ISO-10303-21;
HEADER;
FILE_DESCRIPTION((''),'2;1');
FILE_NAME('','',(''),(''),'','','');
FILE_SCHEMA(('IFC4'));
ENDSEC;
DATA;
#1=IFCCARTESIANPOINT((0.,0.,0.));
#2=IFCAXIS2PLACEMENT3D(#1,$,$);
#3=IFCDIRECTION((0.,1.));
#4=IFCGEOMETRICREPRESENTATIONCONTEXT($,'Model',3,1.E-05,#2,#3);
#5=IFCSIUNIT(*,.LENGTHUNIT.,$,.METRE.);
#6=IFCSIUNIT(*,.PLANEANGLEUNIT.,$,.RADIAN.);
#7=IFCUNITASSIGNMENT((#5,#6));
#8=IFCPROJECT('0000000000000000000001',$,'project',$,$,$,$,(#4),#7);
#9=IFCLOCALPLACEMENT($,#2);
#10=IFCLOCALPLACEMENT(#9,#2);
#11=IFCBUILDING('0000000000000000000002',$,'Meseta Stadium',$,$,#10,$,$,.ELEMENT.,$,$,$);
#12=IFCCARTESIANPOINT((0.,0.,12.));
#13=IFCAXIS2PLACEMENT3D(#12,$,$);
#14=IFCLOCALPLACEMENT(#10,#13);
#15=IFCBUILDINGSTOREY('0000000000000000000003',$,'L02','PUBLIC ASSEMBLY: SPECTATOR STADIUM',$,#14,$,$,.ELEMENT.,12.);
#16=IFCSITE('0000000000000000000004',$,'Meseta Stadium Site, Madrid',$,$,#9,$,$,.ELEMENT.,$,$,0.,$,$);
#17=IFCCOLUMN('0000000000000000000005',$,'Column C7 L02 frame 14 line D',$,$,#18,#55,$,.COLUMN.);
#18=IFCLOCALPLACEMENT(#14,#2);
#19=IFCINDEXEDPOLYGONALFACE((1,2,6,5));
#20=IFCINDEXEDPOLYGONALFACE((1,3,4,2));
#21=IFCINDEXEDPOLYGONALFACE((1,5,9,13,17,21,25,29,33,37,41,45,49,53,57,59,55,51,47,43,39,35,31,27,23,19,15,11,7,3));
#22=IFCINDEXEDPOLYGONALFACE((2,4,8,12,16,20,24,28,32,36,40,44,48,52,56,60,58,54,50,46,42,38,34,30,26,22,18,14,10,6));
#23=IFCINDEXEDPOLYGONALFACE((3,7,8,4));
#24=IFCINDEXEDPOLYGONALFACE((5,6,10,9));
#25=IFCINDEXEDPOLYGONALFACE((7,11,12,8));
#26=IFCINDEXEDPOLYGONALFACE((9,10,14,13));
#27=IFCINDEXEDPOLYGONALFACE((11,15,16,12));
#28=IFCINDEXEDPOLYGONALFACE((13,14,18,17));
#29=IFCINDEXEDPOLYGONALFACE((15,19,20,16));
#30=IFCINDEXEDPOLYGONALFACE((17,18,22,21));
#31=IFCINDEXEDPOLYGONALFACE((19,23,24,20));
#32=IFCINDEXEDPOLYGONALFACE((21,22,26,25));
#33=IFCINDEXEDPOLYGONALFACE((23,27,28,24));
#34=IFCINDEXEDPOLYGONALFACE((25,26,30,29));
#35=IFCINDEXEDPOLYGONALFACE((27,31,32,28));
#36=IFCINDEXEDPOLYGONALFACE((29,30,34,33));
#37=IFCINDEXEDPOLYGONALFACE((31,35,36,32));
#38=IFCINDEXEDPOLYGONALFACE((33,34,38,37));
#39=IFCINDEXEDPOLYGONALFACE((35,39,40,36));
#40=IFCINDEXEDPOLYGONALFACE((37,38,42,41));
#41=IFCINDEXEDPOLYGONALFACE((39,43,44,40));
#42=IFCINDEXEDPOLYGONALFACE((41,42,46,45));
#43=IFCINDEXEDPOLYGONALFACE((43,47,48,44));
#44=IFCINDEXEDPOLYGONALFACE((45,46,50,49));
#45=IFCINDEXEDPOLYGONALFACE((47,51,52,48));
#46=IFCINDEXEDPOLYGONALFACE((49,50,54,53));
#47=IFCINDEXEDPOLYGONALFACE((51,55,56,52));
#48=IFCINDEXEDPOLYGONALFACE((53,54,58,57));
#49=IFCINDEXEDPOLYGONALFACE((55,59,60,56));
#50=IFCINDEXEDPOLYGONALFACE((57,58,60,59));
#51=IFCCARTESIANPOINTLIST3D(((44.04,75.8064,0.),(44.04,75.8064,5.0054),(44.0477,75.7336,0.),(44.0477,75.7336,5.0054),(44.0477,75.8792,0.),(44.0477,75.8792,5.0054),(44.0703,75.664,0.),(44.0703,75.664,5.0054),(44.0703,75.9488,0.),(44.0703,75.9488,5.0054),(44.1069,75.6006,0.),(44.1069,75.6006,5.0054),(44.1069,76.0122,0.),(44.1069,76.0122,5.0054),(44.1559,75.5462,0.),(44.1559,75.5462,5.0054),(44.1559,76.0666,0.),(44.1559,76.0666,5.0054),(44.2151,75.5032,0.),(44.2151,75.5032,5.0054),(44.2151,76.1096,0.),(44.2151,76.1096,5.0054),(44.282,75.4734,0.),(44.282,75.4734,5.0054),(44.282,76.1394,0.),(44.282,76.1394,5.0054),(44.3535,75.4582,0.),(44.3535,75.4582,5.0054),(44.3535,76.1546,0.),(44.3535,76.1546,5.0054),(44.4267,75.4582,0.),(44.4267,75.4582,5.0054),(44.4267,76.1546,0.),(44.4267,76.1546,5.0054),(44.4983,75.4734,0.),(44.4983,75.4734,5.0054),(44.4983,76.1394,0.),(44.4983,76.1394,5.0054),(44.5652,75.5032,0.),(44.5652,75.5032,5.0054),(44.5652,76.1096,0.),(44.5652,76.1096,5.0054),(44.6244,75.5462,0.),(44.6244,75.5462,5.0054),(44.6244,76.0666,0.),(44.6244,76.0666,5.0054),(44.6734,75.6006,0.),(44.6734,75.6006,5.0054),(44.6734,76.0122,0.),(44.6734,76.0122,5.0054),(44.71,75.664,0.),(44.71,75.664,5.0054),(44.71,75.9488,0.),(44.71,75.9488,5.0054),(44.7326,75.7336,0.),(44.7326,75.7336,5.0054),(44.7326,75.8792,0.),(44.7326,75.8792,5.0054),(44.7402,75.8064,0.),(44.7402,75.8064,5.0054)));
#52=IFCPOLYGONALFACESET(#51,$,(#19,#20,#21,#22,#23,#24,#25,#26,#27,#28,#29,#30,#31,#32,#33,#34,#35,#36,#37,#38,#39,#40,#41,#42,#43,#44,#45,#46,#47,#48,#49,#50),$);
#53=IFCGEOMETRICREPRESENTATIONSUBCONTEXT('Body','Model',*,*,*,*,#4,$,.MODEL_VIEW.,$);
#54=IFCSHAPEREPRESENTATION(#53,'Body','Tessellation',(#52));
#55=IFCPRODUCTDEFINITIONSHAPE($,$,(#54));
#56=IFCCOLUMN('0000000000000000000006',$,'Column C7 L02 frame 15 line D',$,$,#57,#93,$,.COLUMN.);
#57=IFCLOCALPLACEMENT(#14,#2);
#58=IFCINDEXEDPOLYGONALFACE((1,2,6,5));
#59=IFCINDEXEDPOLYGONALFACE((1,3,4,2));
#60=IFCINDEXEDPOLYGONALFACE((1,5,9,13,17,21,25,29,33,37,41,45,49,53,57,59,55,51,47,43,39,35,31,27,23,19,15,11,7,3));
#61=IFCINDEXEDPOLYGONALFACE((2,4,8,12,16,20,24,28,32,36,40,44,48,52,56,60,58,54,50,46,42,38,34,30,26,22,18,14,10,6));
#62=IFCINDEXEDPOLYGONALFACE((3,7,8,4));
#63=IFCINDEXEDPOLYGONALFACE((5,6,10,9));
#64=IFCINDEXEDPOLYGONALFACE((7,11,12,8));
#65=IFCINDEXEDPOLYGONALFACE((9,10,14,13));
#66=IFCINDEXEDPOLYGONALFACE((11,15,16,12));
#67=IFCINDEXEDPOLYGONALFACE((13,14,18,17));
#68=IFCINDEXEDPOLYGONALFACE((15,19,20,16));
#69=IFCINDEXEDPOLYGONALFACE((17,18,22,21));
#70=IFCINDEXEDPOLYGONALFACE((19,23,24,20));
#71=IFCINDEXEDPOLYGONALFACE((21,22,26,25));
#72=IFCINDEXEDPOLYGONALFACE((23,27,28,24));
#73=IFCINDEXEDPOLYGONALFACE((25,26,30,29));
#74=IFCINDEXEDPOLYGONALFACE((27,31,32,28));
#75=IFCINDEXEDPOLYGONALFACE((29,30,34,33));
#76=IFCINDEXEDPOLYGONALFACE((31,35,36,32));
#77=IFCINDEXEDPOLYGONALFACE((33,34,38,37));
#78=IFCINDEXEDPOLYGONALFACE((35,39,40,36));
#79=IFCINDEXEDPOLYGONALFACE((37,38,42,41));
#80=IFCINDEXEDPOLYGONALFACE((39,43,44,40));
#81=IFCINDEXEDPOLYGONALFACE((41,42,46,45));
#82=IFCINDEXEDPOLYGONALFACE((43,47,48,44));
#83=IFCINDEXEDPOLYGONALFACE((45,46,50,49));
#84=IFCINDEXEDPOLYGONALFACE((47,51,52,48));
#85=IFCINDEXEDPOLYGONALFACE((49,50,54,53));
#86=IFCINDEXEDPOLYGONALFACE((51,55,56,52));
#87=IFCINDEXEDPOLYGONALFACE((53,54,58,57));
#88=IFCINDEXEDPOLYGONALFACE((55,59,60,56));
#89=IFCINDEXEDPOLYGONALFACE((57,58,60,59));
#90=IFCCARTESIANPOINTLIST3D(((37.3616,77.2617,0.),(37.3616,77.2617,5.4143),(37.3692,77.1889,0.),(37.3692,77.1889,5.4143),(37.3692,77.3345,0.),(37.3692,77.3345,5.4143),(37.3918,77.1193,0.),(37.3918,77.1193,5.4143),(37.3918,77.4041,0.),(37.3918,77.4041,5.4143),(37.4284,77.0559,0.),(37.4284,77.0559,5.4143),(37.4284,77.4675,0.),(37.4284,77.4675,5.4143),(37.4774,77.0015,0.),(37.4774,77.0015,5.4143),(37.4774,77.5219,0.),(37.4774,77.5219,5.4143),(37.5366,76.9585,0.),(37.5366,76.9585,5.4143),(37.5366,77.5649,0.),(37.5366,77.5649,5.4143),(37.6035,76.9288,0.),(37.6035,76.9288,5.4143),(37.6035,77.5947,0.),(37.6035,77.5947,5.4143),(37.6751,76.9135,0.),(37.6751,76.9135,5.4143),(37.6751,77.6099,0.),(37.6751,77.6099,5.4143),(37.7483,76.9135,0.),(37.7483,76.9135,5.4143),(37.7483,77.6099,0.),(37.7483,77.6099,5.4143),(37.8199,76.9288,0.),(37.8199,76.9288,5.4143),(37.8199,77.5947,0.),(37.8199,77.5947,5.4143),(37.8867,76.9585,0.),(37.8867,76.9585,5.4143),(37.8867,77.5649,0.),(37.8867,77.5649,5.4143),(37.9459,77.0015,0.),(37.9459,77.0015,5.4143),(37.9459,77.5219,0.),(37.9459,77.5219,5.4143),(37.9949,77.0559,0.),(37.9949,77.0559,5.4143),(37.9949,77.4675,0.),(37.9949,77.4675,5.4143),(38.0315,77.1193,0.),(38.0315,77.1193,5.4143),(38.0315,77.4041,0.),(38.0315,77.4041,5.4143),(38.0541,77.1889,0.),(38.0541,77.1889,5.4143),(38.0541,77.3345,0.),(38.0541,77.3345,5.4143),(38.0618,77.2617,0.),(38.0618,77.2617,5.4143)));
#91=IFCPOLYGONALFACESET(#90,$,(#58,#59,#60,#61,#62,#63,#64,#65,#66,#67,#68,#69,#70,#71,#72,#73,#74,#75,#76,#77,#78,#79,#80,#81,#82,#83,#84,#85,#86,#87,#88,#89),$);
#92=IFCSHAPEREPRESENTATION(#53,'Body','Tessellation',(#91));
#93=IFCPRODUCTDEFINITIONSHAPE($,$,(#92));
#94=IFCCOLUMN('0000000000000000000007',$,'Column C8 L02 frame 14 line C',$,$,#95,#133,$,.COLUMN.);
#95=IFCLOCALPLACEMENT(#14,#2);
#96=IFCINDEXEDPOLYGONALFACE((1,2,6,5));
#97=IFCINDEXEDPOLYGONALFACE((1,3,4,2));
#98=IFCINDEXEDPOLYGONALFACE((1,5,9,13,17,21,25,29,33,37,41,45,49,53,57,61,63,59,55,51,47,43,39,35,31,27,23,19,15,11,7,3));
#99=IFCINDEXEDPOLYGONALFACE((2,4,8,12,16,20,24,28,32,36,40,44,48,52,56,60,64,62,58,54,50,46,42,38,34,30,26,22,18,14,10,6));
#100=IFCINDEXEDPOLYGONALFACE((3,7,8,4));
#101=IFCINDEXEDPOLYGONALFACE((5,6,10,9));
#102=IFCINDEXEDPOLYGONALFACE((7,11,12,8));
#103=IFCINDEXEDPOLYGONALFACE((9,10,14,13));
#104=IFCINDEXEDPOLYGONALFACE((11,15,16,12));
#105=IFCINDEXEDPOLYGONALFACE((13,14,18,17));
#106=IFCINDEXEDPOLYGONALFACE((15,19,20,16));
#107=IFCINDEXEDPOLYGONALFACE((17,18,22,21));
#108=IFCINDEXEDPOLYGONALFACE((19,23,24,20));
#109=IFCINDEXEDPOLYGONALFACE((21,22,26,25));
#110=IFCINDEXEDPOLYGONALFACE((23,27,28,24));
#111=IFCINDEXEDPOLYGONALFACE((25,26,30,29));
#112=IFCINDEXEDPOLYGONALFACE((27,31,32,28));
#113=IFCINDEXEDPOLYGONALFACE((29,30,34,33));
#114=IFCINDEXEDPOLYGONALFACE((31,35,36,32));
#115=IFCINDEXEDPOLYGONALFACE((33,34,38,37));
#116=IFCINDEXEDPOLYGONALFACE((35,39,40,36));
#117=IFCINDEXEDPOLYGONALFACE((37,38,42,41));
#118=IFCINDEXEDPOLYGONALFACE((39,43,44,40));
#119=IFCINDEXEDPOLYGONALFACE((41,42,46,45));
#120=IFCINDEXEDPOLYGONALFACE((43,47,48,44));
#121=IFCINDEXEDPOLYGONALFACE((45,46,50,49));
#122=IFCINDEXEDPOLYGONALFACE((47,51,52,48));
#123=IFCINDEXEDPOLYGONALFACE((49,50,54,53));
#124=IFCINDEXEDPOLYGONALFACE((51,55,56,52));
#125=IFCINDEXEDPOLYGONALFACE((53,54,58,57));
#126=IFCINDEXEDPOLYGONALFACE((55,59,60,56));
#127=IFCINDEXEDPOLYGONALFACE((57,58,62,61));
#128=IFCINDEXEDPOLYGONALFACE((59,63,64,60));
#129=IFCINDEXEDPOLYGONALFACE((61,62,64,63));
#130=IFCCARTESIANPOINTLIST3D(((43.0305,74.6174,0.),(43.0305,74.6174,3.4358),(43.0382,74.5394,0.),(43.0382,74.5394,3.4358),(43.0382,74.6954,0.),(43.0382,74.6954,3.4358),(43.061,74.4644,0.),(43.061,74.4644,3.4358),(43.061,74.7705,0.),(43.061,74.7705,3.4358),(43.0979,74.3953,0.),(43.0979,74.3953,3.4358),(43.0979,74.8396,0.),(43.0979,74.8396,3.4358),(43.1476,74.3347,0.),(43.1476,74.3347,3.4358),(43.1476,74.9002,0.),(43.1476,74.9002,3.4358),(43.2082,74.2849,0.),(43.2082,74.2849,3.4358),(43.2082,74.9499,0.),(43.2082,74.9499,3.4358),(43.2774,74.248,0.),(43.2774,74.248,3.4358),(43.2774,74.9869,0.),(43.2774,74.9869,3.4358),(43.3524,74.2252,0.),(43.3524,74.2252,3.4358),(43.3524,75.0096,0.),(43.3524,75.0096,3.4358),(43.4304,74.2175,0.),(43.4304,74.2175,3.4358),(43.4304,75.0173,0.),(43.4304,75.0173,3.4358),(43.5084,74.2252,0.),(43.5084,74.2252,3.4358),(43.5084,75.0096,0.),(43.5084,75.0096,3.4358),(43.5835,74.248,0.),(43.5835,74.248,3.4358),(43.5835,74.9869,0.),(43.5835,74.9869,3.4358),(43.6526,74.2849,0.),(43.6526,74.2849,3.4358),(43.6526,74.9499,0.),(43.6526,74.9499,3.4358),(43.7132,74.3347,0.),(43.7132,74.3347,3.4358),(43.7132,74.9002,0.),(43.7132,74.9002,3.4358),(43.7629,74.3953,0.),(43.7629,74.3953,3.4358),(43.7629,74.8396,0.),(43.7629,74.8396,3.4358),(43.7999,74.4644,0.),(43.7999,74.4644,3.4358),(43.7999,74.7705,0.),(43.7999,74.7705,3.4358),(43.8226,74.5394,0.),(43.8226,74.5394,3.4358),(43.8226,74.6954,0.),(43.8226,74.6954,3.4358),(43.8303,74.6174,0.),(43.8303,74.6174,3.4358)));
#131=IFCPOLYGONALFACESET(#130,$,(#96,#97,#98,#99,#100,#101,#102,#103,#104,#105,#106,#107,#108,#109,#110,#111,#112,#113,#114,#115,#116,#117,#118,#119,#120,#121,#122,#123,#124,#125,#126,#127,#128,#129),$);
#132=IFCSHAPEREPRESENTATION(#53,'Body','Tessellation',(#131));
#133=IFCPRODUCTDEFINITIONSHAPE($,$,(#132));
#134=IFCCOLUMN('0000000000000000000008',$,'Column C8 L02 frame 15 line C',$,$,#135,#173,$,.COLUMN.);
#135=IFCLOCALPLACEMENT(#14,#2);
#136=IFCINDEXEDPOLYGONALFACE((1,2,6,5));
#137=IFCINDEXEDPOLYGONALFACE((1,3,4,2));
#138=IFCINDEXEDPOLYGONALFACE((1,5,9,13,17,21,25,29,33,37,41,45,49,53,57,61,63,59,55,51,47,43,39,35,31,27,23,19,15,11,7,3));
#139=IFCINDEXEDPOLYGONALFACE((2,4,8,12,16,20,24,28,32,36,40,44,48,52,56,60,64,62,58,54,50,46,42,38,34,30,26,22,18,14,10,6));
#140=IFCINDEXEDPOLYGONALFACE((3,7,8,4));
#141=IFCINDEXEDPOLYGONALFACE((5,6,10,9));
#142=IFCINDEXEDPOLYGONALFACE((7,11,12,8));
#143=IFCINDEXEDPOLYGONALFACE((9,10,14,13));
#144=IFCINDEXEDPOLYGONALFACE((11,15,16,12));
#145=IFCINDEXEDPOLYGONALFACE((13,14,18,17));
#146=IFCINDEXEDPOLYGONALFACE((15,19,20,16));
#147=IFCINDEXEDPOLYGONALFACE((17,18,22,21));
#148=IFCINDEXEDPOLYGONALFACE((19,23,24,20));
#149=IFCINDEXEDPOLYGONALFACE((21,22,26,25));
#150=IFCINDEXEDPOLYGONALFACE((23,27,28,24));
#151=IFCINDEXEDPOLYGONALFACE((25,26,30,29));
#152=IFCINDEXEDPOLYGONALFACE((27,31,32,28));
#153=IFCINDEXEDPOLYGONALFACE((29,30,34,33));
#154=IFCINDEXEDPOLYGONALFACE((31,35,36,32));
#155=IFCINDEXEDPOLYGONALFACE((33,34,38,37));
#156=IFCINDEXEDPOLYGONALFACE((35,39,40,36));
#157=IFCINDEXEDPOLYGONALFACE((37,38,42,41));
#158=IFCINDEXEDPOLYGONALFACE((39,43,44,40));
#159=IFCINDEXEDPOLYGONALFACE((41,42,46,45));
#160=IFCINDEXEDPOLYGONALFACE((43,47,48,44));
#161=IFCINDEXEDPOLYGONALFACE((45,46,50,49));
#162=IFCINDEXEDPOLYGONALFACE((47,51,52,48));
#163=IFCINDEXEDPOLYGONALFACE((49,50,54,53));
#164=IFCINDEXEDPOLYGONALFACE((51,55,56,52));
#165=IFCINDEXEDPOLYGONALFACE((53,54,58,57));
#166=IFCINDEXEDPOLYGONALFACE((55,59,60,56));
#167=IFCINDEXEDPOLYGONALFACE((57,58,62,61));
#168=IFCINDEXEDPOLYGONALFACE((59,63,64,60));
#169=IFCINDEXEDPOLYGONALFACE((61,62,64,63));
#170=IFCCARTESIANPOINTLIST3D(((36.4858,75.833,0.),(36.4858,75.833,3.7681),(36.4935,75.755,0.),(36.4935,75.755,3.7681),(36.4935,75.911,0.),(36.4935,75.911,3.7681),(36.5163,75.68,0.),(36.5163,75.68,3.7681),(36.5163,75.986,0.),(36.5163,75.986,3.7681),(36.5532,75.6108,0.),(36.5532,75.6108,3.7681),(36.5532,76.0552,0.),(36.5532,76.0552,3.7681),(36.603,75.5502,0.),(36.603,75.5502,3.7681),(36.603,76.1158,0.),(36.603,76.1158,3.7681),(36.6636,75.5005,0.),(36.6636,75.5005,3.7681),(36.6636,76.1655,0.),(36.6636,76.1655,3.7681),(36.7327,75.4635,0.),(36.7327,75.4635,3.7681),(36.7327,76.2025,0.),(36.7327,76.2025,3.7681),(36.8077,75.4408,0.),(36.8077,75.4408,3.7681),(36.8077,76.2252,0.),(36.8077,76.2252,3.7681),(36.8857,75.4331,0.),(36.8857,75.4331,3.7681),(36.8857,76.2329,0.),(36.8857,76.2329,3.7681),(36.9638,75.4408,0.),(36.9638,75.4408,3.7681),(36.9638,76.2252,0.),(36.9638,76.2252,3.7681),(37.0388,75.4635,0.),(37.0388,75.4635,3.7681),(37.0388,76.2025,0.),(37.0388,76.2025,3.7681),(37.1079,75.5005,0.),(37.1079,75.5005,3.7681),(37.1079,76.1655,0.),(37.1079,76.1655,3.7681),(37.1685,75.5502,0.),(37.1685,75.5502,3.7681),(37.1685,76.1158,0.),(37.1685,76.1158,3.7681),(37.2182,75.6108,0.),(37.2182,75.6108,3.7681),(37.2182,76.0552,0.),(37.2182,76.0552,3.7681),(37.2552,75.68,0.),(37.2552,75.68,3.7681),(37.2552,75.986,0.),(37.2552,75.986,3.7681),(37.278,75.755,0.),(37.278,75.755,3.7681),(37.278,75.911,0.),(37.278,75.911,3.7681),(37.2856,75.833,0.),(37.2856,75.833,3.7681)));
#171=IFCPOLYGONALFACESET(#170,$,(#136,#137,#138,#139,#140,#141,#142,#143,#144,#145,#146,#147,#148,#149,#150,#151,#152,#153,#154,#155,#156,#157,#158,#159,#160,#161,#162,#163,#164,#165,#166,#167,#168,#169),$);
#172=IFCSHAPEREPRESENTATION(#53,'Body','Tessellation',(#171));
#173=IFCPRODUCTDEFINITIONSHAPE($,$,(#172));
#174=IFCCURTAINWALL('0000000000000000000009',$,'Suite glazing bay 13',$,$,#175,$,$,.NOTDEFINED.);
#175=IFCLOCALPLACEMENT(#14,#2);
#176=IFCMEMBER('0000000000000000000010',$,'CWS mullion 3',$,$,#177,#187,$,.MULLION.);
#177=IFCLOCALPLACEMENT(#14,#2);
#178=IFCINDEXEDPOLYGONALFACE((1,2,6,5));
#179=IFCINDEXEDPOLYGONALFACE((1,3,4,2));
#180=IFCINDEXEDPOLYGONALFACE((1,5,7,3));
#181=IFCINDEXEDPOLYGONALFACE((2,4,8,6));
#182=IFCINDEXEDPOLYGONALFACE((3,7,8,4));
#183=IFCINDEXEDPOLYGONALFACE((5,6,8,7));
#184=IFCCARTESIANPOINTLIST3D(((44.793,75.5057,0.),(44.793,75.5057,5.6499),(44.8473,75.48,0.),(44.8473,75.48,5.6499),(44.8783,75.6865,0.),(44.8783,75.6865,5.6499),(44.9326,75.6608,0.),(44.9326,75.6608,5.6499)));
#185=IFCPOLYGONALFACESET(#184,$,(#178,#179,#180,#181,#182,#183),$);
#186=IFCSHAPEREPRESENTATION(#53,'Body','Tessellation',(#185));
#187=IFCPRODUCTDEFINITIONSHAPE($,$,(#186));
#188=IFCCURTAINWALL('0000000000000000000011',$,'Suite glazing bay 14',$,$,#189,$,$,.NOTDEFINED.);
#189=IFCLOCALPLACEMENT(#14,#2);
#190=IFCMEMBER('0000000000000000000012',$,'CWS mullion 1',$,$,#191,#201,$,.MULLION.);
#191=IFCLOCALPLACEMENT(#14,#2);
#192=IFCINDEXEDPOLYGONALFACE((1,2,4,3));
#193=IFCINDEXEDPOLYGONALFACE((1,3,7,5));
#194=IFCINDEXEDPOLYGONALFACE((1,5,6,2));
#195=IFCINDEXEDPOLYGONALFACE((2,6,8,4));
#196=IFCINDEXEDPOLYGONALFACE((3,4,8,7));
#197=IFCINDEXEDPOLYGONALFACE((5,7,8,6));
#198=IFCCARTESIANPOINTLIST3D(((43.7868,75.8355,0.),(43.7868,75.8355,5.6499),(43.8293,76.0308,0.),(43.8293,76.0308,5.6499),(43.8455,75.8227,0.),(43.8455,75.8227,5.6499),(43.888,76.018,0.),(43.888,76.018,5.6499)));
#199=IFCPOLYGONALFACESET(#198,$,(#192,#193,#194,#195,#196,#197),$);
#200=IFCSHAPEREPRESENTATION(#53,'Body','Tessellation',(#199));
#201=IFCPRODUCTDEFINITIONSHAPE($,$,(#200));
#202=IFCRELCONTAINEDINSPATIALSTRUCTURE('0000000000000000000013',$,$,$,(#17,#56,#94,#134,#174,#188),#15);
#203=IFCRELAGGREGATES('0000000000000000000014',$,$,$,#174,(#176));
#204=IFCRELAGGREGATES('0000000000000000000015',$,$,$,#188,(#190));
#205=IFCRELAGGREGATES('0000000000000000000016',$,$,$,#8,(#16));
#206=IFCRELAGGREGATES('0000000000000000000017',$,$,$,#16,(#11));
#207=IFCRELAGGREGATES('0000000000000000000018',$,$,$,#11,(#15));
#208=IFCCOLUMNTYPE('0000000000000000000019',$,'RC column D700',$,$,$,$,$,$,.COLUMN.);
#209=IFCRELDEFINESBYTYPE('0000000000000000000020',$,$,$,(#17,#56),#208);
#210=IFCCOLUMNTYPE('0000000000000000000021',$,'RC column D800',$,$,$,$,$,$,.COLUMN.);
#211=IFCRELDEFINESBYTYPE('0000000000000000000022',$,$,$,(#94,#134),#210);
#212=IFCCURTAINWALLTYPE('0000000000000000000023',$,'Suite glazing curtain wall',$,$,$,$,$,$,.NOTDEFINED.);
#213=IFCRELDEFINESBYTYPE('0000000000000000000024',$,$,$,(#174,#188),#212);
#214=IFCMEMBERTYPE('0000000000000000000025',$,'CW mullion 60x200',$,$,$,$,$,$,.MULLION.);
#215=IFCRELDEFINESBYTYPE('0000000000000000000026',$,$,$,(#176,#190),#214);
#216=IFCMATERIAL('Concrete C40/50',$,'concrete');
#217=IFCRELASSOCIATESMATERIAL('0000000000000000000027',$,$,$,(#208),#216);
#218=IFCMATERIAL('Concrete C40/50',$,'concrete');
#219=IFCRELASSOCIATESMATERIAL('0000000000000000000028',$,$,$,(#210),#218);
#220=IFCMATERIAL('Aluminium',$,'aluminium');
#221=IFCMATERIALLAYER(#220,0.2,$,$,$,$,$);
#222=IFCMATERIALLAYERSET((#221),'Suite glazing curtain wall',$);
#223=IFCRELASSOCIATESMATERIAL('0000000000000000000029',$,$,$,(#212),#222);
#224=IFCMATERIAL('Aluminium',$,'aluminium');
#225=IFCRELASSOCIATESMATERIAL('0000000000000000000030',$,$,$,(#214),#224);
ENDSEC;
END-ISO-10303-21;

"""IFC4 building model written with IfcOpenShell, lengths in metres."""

from ifc_helpers import new_model, si_unit, direction, frame, origin, origin_2d, place, context, subcontext, project, spatial, rectangle, circle, extrude, material, layer, layer_set, material_profile, profile_set, type_object, element, aggregate, save


model = new_model("IFC4")

# Units and contexts
model_context = context("Model", 3, precision=1e-05, world=origin(), true_north=direction((0.0, 1.0)))
body_context = subcontext(model_context, "Body", "Model", "MODEL_VIEW")
ifc_project = project(units=[si_unit("LENGTHUNIT", "METRE"), si_unit("PLANEANGLEUNIT", "RADIAN")], contexts=[model_context])

# Site, building, storey
site_placement = place(None, origin())
site = spatial("IfcSite", under=ifc_project, at=site_placement, Name="Meseta Stadium Site, Madrid", CompositionType="ELEMENT", RefElevation=0.0)
building_placement = place(site_placement, origin())
building = spatial("IfcBuilding", under=site, at=building_placement, Name="Meseta Stadium", CompositionType="ELEMENT")
storey_placement = place(building_placement, frame((0.0, 0.0, 12.0)))
storey = spatial("IfcBuildingStorey", under=building, at=storey_placement, Name="L02", Description="PUBLIC ASSEMBLY: SPECTATOR STADIUM", CompositionType="ELEMENT", Elevation=12.0)

# Columns
ifc_material_1 = material(Name="Concrete C40/50", Category="concrete")
ifc_material_profile_1 = material_profile(ifc_material_1, circle(Radius=0.3501, at=origin_2d()), Name="RC D700")
ifc_profile_set_1 = profile_set([ifc_material_profile_1], Name="Concrete C40/50")
column_type_1 = type_object("IfcColumnType", Name="RC column D700", PredefinedType="COLUMN", material=ifc_profile_set_1)
column_1_placement = place(storey_placement, frame((44.3901, 75.8064, 0.0), z_axis=(0.0, 0.0, 1.0), x_axis=(1.0, 0.0, 0.0)))
element("IfcColumn", 1, at=column_1_placement, inside=storey, type_object=column_type_1, Name="Column C7 L02 frame 14 line D", PredefinedType="COLUMN", context=body_context, shape_type="SweptSolid", body=[
    extrude(circle(Radius=0.3501, at=origin_2d()), origin(), (0.0, 0.0, 1.0), 5.0054),
])
column_2_placement = place(storey_placement, frame((37.7117, 77.2617, 0.0), z_axis=(0.0, 0.0, 1.0), x_axis=(1.0, 0.0, 0.0)))
element("IfcColumn", 2, at=column_2_placement, inside=storey, type_object=column_type_1, Name="Column C7 L02 frame 15 line D", PredefinedType="COLUMN", context=body_context, shape_type="SweptSolid", body=[
    extrude(circle(Radius=0.3501, at=origin_2d()), origin(), (0.0, 0.0, 1.0), 5.4143),
])
ifc_material_2 = material(Name="Concrete C40/50", Category="concrete")
ifc_material_profile_2 = material_profile(ifc_material_2, circle(Radius=0.3999, at=origin_2d()), Name="RC D800")
ifc_profile_set_2 = profile_set([ifc_material_profile_2], Name="Concrete C40/50")
column_type_2 = type_object("IfcColumnType", Name="RC column D800", PredefinedType="COLUMN", material=ifc_profile_set_2)
column_3_placement = place(storey_placement, frame((43.4304, 74.6174, 0.0), z_axis=(0.0, 0.0, 1.0), x_axis=(1.0, 0.0, 0.0)))
element("IfcColumn", 3, at=column_3_placement, inside=storey, type_object=column_type_2, Name="Column C8 L02 frame 14 line C", PredefinedType="COLUMN", context=body_context, shape_type="SweptSolid", body=[
    extrude(circle(Radius=0.3999, at=origin_2d()), origin(), (0.0, 0.0, 1.0), 3.4358),
])
column_4_placement = place(storey_placement, frame((36.8857, 75.833, 0.0), z_axis=(0.0, 0.0, 1.0), x_axis=(1.0, 0.0, 0.0)))
element("IfcColumn", 4, at=column_4_placement, inside=storey, type_object=column_type_2, Name="Column C8 L02 frame 15 line C", PredefinedType="COLUMN", context=body_context, shape_type="SweptSolid", body=[
    extrude(circle(Radius=0.3999, at=origin_2d()), origin(), (0.0, 0.0, 1.0), 3.7681),
])

# Curtain wall, member
ifc_material_3 = material(Name="Aluminium", Category="aluminium")
ifc_layer_1 = layer(ifc_material_3, 0.2)
ifc_layer_set_1 = layer_set([ifc_layer_1], Name="Suite glazing curtain wall")
curtain_wall_type = type_object("IfcCurtainWallType", Name="Suite glazing curtain wall", PredefinedType="NOTDEFINED", material=ifc_layer_set_1)
curtain_wall_1_placement = place(storey_placement, origin())
curtain_wall_1 = element("IfcCurtainWall", 5, at=curtain_wall_1_placement, inside=storey, type_object=curtain_wall_type, Name="Suite glazing bay 13", PredefinedType="NOTDEFINED")
ifc_material_4 = material(Name="Aluminium", Category="aluminium")
ifc_material_profile_3 = material_profile(ifc_material_4, rectangle(XDim=0.2, YDim=0.0601, at=origin_2d()), Name="CW 200x60")
ifc_profile_set_3 = profile_set([ifc_material_profile_3], Name="Aluminium")
member_type_1 = type_object("IfcMemberType", Name="CW mullion 60x200", PredefinedType="MULLION", material=ifc_profile_set_3)
member_1_placement = place(storey_placement, frame((44.8628, 75.5833, 0.0), z_axis=(0.0, 0.0, 1.0), x_axis=(-0.426837, -0.904328, 0.0)))
member_1 = element("IfcMember", 6, at=member_1_placement, type_object=member_type_1, Name="CWS mullion 3", PredefinedType="MULLION", context=body_context, shape_type="SweptSolid", body=[
    extrude(rectangle(XDim=0.2, YDim=0.0601, at=origin_2d()), origin(), (0.0, 0.0, 1.0), 5.6499),
])
aggregate(curtain_wall_1, [member_1])

# Curtain wall, member
curtain_wall_2_placement = place(storey_placement, origin())
curtain_wall_2 = element("IfcCurtainWall", 7, at=curtain_wall_2_placement, inside=storey, type_object=curtain_wall_type, Name="Suite glazing bay 14", PredefinedType="NOTDEFINED")
member_2_placement = place(storey_placement, frame((43.8374, 75.9268, 0.0), z_axis=(0.0, 0.0, 1.0), x_axis=(-0.212917, -0.97707, 0.0)))
member_2 = element("IfcMember", 8, at=member_2_placement, type_object=member_type_1, Name="CWS mullion 1", PredefinedType="MULLION", context=body_context, shape_type="SweptSolid", body=[
    extrude(rectangle(XDim=0.2, YDim=0.0601, at=origin_2d()), origin(), (0.0, 0.0, 1.0), 5.6499),
])

aggregate(curtain_wall_2, [member_2])

save(model, "model.ifc")
